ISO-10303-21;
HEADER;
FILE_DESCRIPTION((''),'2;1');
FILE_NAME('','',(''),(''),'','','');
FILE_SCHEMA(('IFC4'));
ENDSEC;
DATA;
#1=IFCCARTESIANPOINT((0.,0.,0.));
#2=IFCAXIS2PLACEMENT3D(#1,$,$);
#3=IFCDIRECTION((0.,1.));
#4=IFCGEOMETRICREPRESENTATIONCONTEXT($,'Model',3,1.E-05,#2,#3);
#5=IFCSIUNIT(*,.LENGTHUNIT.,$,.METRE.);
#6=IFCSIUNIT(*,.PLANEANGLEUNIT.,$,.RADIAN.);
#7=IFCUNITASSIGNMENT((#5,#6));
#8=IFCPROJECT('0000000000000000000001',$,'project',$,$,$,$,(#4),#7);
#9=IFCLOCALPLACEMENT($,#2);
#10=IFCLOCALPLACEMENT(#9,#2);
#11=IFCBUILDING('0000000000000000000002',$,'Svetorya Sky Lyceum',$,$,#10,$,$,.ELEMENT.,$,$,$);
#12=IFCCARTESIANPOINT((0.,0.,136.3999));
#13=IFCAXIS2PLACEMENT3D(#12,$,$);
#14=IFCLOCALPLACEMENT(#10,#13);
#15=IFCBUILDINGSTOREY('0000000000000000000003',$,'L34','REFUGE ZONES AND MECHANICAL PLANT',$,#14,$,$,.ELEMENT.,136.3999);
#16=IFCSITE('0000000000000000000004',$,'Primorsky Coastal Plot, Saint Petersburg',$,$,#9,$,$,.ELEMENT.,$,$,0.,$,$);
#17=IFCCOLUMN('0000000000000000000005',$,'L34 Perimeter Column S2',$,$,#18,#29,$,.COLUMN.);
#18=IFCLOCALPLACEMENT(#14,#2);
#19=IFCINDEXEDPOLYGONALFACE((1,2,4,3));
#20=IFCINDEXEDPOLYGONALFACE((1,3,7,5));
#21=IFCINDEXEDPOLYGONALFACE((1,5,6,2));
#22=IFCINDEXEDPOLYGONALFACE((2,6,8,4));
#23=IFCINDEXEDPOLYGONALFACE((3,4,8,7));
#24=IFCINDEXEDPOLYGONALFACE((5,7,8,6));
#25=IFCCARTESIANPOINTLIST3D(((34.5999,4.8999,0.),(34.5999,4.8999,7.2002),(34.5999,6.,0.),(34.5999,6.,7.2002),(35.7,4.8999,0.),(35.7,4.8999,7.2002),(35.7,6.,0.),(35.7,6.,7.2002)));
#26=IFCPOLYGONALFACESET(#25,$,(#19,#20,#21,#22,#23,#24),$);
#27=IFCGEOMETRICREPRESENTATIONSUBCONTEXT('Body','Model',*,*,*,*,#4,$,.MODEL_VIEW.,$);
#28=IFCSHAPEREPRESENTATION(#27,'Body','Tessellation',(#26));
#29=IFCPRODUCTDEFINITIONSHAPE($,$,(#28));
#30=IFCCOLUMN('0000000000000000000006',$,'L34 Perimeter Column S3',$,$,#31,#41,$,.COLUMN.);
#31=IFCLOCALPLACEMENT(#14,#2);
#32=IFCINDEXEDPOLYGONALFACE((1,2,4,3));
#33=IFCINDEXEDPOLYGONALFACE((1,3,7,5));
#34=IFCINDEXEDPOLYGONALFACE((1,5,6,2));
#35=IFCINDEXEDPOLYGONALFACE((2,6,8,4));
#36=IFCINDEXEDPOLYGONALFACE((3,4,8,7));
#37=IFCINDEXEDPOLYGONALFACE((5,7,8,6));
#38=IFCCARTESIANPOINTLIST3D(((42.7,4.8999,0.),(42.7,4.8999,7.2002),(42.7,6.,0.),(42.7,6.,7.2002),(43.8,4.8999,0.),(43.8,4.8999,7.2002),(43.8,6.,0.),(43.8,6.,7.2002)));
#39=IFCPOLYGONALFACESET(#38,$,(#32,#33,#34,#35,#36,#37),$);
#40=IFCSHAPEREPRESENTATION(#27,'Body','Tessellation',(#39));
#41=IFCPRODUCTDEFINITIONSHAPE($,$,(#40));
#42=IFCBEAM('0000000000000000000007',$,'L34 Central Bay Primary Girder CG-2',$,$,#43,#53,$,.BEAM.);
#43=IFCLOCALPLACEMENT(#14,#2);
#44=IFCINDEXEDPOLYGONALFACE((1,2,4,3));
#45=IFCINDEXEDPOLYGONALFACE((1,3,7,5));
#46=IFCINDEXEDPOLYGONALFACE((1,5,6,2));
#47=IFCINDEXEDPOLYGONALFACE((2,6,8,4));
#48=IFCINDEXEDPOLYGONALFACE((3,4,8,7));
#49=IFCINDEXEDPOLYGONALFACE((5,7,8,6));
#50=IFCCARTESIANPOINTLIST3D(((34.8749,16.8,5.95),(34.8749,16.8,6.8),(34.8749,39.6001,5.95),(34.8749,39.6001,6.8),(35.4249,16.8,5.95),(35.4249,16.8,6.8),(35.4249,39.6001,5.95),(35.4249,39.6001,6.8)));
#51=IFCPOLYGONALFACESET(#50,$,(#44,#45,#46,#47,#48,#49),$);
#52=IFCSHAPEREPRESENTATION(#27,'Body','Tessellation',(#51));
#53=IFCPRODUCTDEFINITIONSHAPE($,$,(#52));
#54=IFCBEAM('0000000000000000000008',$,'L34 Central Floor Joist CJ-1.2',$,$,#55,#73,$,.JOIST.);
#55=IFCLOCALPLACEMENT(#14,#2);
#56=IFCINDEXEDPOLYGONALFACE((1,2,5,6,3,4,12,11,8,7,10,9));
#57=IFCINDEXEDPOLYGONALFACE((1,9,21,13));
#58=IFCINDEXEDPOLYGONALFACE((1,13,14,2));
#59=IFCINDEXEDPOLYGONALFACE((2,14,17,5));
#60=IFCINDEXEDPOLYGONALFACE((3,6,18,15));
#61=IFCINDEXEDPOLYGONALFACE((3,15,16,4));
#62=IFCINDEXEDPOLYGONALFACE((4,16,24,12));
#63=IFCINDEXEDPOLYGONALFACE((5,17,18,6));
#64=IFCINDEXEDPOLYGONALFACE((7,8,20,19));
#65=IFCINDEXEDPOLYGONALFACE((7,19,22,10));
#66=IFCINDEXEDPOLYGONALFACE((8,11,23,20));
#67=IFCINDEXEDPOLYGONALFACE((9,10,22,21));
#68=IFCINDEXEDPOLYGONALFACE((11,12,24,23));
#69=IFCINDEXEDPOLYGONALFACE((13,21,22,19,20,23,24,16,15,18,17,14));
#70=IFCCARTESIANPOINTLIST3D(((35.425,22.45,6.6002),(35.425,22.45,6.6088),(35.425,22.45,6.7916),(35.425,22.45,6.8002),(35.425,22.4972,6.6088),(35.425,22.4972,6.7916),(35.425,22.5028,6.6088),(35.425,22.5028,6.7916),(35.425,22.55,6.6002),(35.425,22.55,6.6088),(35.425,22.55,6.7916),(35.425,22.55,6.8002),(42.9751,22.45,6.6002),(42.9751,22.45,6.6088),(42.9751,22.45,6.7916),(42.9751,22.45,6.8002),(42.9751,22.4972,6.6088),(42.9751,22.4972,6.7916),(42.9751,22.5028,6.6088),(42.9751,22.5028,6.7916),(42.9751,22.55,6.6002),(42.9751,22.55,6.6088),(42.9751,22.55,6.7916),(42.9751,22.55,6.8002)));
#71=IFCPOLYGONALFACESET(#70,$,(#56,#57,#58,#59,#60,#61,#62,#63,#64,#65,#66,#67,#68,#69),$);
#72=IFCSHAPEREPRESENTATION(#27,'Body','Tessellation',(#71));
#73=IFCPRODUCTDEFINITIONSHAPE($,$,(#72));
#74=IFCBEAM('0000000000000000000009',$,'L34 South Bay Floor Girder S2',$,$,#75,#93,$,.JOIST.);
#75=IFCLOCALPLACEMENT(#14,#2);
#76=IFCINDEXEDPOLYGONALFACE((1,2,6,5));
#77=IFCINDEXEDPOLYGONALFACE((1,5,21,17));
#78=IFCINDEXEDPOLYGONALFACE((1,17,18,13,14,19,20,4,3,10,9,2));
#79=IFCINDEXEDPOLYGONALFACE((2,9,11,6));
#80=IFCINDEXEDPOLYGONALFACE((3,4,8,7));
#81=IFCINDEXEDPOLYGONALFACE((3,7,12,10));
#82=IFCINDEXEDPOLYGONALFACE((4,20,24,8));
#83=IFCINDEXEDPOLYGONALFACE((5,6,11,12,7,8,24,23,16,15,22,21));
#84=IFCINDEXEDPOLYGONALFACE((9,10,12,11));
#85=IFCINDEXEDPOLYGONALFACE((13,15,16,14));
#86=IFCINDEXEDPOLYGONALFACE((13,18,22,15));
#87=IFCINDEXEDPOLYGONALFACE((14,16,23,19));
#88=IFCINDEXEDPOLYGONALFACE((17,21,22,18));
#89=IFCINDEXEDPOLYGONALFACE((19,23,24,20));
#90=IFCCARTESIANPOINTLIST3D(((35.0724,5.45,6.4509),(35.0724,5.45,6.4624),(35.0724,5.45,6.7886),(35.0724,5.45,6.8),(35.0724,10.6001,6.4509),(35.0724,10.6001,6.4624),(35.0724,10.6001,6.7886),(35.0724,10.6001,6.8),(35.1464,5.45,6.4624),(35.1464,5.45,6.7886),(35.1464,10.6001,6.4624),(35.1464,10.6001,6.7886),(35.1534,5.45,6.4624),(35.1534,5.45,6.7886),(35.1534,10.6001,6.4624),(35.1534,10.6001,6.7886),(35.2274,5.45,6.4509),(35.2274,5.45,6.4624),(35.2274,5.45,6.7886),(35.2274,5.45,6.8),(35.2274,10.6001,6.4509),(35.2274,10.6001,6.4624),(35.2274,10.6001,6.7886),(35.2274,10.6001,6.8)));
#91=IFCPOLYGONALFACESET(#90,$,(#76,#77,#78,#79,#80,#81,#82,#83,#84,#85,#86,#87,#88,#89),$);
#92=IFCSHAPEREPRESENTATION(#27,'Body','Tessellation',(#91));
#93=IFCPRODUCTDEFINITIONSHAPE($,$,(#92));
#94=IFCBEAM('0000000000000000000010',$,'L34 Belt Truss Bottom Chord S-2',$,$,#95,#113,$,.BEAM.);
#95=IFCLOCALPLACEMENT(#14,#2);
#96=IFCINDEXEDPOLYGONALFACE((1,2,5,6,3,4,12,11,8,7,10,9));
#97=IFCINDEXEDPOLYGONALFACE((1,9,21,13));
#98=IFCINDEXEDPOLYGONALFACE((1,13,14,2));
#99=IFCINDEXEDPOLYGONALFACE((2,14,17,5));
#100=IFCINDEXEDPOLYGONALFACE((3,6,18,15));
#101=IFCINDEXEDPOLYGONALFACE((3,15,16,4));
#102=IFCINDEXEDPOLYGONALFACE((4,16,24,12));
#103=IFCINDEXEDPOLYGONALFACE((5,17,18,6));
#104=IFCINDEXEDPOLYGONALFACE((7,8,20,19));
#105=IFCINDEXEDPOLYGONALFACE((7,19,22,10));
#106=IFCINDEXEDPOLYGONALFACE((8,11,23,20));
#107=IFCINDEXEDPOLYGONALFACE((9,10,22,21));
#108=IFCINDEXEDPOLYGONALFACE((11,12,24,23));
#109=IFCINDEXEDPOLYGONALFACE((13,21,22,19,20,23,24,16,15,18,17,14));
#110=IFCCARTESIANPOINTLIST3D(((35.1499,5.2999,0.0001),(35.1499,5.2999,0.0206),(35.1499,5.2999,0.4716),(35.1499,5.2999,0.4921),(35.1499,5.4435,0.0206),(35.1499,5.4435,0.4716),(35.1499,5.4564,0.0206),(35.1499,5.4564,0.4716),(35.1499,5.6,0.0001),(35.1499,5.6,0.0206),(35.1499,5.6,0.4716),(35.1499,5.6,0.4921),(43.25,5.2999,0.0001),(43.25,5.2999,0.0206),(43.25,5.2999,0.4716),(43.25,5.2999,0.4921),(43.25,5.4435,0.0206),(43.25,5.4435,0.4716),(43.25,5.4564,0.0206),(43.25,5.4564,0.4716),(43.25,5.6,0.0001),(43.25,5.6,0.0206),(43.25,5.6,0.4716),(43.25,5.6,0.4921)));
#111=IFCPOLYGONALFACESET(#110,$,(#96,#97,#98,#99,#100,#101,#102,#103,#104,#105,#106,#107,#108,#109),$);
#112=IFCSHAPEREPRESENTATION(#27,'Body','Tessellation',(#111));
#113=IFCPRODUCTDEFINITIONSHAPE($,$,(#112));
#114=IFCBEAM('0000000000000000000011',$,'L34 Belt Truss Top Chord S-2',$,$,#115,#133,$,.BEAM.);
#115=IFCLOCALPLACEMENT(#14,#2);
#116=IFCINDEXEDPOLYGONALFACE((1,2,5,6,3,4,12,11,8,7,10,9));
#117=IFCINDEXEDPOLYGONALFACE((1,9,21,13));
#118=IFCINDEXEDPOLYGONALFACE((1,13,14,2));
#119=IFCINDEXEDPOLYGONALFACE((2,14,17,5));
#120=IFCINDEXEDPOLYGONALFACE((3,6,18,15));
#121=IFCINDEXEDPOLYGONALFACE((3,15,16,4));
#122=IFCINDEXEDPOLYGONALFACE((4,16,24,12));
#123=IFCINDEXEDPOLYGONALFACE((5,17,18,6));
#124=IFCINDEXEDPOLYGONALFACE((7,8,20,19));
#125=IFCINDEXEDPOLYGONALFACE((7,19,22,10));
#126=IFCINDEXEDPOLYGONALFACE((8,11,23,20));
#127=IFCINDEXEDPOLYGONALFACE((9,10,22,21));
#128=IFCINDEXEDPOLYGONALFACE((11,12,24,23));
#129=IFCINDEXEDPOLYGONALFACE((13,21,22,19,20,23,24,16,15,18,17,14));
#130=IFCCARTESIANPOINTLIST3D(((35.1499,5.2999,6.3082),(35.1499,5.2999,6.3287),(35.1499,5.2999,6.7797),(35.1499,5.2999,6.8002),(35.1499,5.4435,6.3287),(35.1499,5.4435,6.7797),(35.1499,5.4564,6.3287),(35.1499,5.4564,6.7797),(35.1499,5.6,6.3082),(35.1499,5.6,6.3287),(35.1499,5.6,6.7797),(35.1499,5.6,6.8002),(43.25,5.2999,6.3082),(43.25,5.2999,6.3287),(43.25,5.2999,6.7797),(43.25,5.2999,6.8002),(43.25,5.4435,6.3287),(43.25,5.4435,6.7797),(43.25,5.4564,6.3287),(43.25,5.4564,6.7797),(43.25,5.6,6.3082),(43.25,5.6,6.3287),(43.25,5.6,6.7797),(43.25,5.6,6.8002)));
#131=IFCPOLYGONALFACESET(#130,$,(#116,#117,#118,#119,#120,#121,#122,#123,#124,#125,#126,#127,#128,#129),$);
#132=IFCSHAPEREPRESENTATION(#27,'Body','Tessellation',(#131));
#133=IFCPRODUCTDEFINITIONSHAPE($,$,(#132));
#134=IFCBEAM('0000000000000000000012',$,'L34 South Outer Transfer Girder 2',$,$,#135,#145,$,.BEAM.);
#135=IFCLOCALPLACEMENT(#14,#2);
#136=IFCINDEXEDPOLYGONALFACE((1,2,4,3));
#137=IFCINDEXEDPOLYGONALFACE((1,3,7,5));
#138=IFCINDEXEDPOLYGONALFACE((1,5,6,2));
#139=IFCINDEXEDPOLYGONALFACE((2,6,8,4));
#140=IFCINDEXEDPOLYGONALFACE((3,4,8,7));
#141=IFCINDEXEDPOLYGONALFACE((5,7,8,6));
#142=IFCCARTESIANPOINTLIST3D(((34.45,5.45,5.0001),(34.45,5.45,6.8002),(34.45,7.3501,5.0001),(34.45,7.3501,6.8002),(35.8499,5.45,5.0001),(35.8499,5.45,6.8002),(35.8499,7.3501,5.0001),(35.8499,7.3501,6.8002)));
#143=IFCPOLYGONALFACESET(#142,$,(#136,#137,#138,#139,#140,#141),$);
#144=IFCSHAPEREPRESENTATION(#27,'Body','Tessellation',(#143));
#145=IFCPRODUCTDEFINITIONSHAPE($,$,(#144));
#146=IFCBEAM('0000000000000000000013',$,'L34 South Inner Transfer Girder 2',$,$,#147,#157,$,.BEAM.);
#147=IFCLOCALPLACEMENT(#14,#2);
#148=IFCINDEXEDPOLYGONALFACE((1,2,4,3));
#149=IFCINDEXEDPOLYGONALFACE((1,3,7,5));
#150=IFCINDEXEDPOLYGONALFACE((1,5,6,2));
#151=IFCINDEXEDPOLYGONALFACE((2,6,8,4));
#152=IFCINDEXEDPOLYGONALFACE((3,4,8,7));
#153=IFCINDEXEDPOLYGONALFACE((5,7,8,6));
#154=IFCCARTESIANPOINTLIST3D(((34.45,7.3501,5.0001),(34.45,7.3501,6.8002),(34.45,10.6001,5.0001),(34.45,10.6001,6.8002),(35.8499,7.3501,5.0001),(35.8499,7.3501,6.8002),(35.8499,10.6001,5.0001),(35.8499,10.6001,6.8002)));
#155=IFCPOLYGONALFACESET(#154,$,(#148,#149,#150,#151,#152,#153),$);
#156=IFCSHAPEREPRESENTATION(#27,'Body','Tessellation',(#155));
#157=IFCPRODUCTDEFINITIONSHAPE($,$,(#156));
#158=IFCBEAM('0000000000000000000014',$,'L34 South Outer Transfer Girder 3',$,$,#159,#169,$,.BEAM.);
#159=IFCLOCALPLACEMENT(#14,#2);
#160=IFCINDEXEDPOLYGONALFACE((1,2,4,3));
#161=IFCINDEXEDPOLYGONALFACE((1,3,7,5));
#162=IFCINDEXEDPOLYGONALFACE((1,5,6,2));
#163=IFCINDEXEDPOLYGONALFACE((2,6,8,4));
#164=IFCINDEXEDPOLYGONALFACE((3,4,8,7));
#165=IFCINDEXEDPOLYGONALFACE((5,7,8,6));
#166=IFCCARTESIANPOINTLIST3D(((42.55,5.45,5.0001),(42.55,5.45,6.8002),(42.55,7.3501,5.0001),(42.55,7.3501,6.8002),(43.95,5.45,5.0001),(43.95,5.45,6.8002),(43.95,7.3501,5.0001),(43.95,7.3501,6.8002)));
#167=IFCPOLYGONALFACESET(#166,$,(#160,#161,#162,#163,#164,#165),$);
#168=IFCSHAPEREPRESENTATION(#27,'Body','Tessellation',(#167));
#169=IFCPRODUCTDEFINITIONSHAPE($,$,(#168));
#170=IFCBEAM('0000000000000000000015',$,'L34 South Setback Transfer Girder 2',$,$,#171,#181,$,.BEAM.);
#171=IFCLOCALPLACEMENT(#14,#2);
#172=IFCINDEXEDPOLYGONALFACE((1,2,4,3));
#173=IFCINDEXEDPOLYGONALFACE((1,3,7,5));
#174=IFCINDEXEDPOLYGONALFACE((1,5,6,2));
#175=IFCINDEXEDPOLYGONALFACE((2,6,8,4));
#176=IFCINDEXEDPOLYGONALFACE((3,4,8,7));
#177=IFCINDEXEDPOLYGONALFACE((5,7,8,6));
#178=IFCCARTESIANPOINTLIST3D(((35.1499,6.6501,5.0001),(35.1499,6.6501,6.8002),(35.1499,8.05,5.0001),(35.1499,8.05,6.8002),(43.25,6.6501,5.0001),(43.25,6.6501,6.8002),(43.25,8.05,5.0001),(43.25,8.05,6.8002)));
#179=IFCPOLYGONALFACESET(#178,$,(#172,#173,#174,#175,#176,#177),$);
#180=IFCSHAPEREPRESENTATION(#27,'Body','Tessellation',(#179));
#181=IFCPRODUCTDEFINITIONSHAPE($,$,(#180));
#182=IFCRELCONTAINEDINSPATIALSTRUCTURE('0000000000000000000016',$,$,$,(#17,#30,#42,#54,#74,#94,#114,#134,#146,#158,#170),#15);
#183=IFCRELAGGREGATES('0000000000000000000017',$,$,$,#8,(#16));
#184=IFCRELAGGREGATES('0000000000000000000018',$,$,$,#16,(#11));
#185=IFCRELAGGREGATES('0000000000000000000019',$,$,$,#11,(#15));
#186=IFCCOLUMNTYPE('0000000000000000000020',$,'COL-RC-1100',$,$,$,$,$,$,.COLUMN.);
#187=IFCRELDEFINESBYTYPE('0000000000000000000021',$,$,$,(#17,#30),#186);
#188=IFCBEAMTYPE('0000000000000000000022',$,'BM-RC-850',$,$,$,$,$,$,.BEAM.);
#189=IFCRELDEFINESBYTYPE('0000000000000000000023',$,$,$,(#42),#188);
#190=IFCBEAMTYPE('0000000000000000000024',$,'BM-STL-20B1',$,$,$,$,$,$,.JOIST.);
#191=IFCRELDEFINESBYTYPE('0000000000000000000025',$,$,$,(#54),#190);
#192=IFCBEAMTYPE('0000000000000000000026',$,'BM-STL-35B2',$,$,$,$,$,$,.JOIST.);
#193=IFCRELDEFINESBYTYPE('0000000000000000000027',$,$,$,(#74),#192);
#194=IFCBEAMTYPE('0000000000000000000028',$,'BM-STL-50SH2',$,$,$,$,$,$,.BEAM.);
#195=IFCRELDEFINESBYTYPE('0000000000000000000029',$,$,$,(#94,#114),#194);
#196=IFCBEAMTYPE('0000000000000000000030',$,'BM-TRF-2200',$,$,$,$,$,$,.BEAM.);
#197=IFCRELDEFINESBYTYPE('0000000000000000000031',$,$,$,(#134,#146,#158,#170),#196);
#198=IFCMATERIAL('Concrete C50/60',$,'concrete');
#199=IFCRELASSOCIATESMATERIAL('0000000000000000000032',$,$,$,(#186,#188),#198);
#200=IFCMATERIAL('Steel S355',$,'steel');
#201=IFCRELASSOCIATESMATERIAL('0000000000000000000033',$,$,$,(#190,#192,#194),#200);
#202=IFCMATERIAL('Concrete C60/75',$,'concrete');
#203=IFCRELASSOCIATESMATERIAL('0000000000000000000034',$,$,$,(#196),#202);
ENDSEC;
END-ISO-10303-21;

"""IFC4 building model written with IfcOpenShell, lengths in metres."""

from ifc_helpers import new_model, si_unit, direction, frame, origin, origin_2d, place, context, subcontext, project, spatial, rectangle, i_section, extrude, material, material_profile, profile_set, type_object, element, save


model = new_model("IFC4")

# Units and contexts
model_context = context("Model", 3, precision=1e-05, world=origin(), true_north=direction((0.0, 1.0)))
body_context = subcontext(model_context, "Body", "Model", "MODEL_VIEW")
ifc_project = project(units=[si_unit("LENGTHUNIT", "METRE"), si_unit("PLANEANGLEUNIT", "RADIAN")], contexts=[model_context])

# Site, building, storey
site_placement = place(None, origin())
site = spatial("IfcSite", under=ifc_project, at=site_placement, Name="Primorsky Coastal Plot, Saint Petersburg", CompositionType="ELEMENT", RefElevation=0.0)
building_placement = place(site_placement, origin())
building = spatial("IfcBuilding", under=site, at=building_placement, Name="Svetorya Sky Lyceum", CompositionType="ELEMENT")
storey_placement = place(building_placement, frame((0.0, 0.0, 136.3999)))
storey = spatial("IfcBuildingStorey", under=building, at=storey_placement, Name="L34", Description="REFUGE ZONES AND MECHANICAL PLANT", CompositionType="ELEMENT", Elevation=136.3999)

# Columns
ifc_material_1 = material(Name="Concrete C50/60", Category="concrete")
ifc_material_profile_1 = material_profile(ifc_material_1, rectangle(XDim=1.1001, YDim=1.1001, at=origin_2d()), Name="RC COL 1100x1100")
ifc_profile_set_1 = profile_set([ifc_material_profile_1], Name="Concrete C50/60")
column_type = type_object("IfcColumnType", Name="COL-RC-1100", PredefinedType="COLUMN", material=ifc_profile_set_1)
for number, where, z_axis, x_axis, name in (
    (1, (35.1499, 5.45, 0.0), (0.0, 0.0, 1.0), (1.0, 0.0, 0.0), "L34 Perimeter Column S2"),
    (2, (43.25, 5.45, 0.0), (0.0, 0.0, 1.0), (1.0, 0.0, 0.0), "L34 Perimeter Column S3"),
):
    element("IfcColumn", number, at=place(storey_placement, frame(where, z_axis=z_axis, x_axis=x_axis)), inside=storey, type_object=column_type, Name=name, PredefinedType="COLUMN", context=body_context, shape_type="SweptSolid", body=[
        extrude(rectangle(XDim=1.1001, YDim=1.1001, at=origin_2d()), origin(), (0.0, 0.0, 1.0), 7.2002),
    ])

# Beams
ifc_material_profile_2 = material_profile(ifc_material_1, rectangle(XDim=0.55, YDim=0.8501, at=origin_2d()), Name="RC BEAM 550x850")
ifc_profile_set_2 = profile_set([ifc_material_profile_2], Name="Concrete C50/60")
beam_type_1 = type_object("IfcBeamType", Name="BM-RC-850", PredefinedType="BEAM", material=ifc_profile_set_2)
beam_1_placement = place(storey_placement, frame((35.1499, 16.8, 6.375), z_axis=(0.0, 1.0, 0.0), x_axis=(-1.0, 0.0, 0.0)))
element("IfcBeam", 3, at=beam_1_placement, inside=storey, type_object=beam_type_1, Name="L34 Central Bay Primary Girder CG-2", PredefinedType="BEAM", context=body_context, shape_type="SweptSolid", body=[
    extrude(rectangle(XDim=0.55, YDim=0.8501, at=origin_2d()), origin(), (0.0, 0.0, 1.0), 22.8),
])
ifc_material_2 = material(Name="Steel S355", Category="steel")
ifc_material_profile_3 = material_profile(ifc_material_2, i_section(OverallWidth=0.1001, OverallDepth=0.2, WebThickness=0.0056, FlangeThickness=0.0085, at=origin_2d()), Name="GOST 20B1")
ifc_profile_set_3 = profile_set([ifc_material_profile_3], Name="Steel S355")
beam_type_2 = type_object("IfcBeamType", Name="BM-STL-20B1", PredefinedType="JOIST", material=ifc_profile_set_3)
beam_2_placement = place(storey_placement, frame((35.425, 22.5, 6.7002), z_axis=(1.0, 0.0, 0.0), x_axis=(0.0, 1.0, 0.0)))
element("IfcBeam", 4, at=beam_2_placement, inside=storey, type_object=beam_type_2, Name="L34 Central Floor Joist CJ-1.2", PredefinedType="JOIST", context=body_context, shape_type="SweptSolid", body=[
    extrude(i_section(OverallWidth=0.1001, OverallDepth=0.2, WebThickness=0.0056, FlangeThickness=0.0085, at=origin_2d()), origin(), (0.0, 0.0, 1.0), 7.55),
])
ifc_material_profile_4 = material_profile(ifc_material_2, i_section(OverallWidth=0.155, OverallDepth=0.3491, WebThickness=0.0071, FlangeThickness=0.0115, at=origin_2d()), Name="GOST 35B2")
ifc_profile_set_4 = profile_set([ifc_material_profile_4], Name="Steel S355")
beam_type_3 = type_object("IfcBeamType", Name="BM-STL-35B2", PredefinedType="JOIST", material=ifc_profile_set_4)
beam_3_placement = place(storey_placement, frame((35.1499, 5.45, 6.6255), z_axis=(0.0, 1.0, 0.0), x_axis=(-1.0, 0.0, 0.0)))
element("IfcBeam", 5, at=beam_3_placement, inside=storey, type_object=beam_type_3, Name="L34 South Bay Floor Girder S2", PredefinedType="JOIST", context=body_context, shape_type="SweptSolid", body=[
    extrude(i_section(OverallWidth=0.155, OverallDepth=0.3491, WebThickness=0.0071, FlangeThickness=0.0115, at=origin_2d()), origin(), (0.0, 0.0, 1.0), 5.1501),
])
ifc_material_profile_5 = material_profile(ifc_material_2, i_section(OverallWidth=0.3, OverallDepth=0.4919, WebThickness=0.0129, FlangeThickness=0.0205, at=origin_2d()), Name="GOST 50Sh2")
ifc_profile_set_5 = profile_set([ifc_material_profile_5], Name="Steel S355")
beam_type_4 = type_object("IfcBeamType", Name="BM-STL-50SH2", PredefinedType="BEAM", material=ifc_profile_set_5)
for number, where, z_axis, x_axis, name in (
    (6, (35.1499, 5.45, 0.2461), (1.0, 0.0, 0.0), (0.0, 1.0, 0.0), "L34 Belt Truss Bottom Chord S-2"),
    (7, (35.1499, 5.45, 6.5542), (1.0, 0.0, 0.0), (0.0, 1.0, 0.0), "L34 Belt Truss Top Chord S-2"),
):
    element("IfcBeam", number, at=place(storey_placement, frame(where, z_axis=z_axis, x_axis=x_axis)), inside=storey, type_object=beam_type_4, Name=name, PredefinedType="BEAM", context=body_context, shape_type="SweptSolid", body=[
        extrude(i_section(OverallWidth=0.3, OverallDepth=0.4919, WebThickness=0.0129, FlangeThickness=0.0205, at=origin_2d()), origin(), (0.0, 0.0, 1.0), 8.1001),
    ])
ifc_material_3 = material(Name="Concrete C60/75", Category="concrete")
ifc_material_profile_6 = material_profile(ifc_material_3, rectangle(XDim=1.3999, YDim=1.8, at=origin_2d()), Name="RC TRANSFER 1400x1800")
ifc_profile_set_6 = profile_set([ifc_material_profile_6], Name="Concrete C60/75")
beam_type_5 = type_object("IfcBeamType", Name="BM-TRF-2200", PredefinedType="BEAM", material=ifc_profile_set_6)
beam_4_placement = place(storey_placement, frame((35.1499, 5.45, 5.9001), z_axis=(0.0, 1.0, 0.0), x_axis=(-1.0, 0.0, 0.0)))
element("IfcBeam", 8, at=beam_4_placement, inside=storey, type_object=beam_type_5, Name="L34 South Outer Transfer Girder 2", PredefinedType="BEAM", context=body_context, shape_type="SweptSolid", body=[
    extrude(rectangle(XDim=1.3999, YDim=1.8, at=origin_2d()), origin(), (0.0, 0.0, 1.0), 1.9001),
])
beam_5_placement = place(storey_placement, frame((35.1499, 7.3501, 5.9001), z_axis=(0.0, 1.0, 0.0), x_axis=(-1.0, 0.0, 0.0)))
element("IfcBeam", 9, at=beam_5_placement, inside=storey, type_object=beam_type_5, Name="L34 South Inner Transfer Girder 2", PredefinedType="BEAM", context=body_context, shape_type="SweptSolid", body=[
    extrude(rectangle(XDim=1.3999, YDim=1.8, at=origin_2d()), origin(), (0.0, 0.0, 1.0), 3.25),
])
beam_6_placement = place(storey_placement, frame((43.25, 5.45, 5.9001), z_axis=(0.0, 1.0, 0.0), x_axis=(-1.0, 0.0, 0.0)))
element("IfcBeam", 10, at=beam_6_placement, inside=storey, type_object=beam_type_5, Name="L34 South Outer Transfer Girder 3", PredefinedType="BEAM", context=body_context, shape_type="SweptSolid", body=[
    extrude(rectangle(XDim=1.3999, YDim=1.8, at=origin_2d()), origin(), (0.0, 0.0, 1.0), 1.9001),
])
beam_7_placement = place(storey_placement, frame((35.1499, 7.3501, 5.9001), z_axis=(1.0, 0.0, 0.0), x_axis=(0.0, 1.0, 0.0)))
element("IfcBeam", 11, at=beam_7_placement, inside=storey, type_object=beam_type_5, Name="L34 South Setback Transfer Girder 2", PredefinedType="BEAM", context=body_context, shape_type="SweptSolid", body=[
    extrude(rectangle(XDim=1.3999, YDim=1.8, at=origin_2d()), origin(), (0.0, 0.0, 1.0), 8.1001),
])

save(model, "model.ifc")
